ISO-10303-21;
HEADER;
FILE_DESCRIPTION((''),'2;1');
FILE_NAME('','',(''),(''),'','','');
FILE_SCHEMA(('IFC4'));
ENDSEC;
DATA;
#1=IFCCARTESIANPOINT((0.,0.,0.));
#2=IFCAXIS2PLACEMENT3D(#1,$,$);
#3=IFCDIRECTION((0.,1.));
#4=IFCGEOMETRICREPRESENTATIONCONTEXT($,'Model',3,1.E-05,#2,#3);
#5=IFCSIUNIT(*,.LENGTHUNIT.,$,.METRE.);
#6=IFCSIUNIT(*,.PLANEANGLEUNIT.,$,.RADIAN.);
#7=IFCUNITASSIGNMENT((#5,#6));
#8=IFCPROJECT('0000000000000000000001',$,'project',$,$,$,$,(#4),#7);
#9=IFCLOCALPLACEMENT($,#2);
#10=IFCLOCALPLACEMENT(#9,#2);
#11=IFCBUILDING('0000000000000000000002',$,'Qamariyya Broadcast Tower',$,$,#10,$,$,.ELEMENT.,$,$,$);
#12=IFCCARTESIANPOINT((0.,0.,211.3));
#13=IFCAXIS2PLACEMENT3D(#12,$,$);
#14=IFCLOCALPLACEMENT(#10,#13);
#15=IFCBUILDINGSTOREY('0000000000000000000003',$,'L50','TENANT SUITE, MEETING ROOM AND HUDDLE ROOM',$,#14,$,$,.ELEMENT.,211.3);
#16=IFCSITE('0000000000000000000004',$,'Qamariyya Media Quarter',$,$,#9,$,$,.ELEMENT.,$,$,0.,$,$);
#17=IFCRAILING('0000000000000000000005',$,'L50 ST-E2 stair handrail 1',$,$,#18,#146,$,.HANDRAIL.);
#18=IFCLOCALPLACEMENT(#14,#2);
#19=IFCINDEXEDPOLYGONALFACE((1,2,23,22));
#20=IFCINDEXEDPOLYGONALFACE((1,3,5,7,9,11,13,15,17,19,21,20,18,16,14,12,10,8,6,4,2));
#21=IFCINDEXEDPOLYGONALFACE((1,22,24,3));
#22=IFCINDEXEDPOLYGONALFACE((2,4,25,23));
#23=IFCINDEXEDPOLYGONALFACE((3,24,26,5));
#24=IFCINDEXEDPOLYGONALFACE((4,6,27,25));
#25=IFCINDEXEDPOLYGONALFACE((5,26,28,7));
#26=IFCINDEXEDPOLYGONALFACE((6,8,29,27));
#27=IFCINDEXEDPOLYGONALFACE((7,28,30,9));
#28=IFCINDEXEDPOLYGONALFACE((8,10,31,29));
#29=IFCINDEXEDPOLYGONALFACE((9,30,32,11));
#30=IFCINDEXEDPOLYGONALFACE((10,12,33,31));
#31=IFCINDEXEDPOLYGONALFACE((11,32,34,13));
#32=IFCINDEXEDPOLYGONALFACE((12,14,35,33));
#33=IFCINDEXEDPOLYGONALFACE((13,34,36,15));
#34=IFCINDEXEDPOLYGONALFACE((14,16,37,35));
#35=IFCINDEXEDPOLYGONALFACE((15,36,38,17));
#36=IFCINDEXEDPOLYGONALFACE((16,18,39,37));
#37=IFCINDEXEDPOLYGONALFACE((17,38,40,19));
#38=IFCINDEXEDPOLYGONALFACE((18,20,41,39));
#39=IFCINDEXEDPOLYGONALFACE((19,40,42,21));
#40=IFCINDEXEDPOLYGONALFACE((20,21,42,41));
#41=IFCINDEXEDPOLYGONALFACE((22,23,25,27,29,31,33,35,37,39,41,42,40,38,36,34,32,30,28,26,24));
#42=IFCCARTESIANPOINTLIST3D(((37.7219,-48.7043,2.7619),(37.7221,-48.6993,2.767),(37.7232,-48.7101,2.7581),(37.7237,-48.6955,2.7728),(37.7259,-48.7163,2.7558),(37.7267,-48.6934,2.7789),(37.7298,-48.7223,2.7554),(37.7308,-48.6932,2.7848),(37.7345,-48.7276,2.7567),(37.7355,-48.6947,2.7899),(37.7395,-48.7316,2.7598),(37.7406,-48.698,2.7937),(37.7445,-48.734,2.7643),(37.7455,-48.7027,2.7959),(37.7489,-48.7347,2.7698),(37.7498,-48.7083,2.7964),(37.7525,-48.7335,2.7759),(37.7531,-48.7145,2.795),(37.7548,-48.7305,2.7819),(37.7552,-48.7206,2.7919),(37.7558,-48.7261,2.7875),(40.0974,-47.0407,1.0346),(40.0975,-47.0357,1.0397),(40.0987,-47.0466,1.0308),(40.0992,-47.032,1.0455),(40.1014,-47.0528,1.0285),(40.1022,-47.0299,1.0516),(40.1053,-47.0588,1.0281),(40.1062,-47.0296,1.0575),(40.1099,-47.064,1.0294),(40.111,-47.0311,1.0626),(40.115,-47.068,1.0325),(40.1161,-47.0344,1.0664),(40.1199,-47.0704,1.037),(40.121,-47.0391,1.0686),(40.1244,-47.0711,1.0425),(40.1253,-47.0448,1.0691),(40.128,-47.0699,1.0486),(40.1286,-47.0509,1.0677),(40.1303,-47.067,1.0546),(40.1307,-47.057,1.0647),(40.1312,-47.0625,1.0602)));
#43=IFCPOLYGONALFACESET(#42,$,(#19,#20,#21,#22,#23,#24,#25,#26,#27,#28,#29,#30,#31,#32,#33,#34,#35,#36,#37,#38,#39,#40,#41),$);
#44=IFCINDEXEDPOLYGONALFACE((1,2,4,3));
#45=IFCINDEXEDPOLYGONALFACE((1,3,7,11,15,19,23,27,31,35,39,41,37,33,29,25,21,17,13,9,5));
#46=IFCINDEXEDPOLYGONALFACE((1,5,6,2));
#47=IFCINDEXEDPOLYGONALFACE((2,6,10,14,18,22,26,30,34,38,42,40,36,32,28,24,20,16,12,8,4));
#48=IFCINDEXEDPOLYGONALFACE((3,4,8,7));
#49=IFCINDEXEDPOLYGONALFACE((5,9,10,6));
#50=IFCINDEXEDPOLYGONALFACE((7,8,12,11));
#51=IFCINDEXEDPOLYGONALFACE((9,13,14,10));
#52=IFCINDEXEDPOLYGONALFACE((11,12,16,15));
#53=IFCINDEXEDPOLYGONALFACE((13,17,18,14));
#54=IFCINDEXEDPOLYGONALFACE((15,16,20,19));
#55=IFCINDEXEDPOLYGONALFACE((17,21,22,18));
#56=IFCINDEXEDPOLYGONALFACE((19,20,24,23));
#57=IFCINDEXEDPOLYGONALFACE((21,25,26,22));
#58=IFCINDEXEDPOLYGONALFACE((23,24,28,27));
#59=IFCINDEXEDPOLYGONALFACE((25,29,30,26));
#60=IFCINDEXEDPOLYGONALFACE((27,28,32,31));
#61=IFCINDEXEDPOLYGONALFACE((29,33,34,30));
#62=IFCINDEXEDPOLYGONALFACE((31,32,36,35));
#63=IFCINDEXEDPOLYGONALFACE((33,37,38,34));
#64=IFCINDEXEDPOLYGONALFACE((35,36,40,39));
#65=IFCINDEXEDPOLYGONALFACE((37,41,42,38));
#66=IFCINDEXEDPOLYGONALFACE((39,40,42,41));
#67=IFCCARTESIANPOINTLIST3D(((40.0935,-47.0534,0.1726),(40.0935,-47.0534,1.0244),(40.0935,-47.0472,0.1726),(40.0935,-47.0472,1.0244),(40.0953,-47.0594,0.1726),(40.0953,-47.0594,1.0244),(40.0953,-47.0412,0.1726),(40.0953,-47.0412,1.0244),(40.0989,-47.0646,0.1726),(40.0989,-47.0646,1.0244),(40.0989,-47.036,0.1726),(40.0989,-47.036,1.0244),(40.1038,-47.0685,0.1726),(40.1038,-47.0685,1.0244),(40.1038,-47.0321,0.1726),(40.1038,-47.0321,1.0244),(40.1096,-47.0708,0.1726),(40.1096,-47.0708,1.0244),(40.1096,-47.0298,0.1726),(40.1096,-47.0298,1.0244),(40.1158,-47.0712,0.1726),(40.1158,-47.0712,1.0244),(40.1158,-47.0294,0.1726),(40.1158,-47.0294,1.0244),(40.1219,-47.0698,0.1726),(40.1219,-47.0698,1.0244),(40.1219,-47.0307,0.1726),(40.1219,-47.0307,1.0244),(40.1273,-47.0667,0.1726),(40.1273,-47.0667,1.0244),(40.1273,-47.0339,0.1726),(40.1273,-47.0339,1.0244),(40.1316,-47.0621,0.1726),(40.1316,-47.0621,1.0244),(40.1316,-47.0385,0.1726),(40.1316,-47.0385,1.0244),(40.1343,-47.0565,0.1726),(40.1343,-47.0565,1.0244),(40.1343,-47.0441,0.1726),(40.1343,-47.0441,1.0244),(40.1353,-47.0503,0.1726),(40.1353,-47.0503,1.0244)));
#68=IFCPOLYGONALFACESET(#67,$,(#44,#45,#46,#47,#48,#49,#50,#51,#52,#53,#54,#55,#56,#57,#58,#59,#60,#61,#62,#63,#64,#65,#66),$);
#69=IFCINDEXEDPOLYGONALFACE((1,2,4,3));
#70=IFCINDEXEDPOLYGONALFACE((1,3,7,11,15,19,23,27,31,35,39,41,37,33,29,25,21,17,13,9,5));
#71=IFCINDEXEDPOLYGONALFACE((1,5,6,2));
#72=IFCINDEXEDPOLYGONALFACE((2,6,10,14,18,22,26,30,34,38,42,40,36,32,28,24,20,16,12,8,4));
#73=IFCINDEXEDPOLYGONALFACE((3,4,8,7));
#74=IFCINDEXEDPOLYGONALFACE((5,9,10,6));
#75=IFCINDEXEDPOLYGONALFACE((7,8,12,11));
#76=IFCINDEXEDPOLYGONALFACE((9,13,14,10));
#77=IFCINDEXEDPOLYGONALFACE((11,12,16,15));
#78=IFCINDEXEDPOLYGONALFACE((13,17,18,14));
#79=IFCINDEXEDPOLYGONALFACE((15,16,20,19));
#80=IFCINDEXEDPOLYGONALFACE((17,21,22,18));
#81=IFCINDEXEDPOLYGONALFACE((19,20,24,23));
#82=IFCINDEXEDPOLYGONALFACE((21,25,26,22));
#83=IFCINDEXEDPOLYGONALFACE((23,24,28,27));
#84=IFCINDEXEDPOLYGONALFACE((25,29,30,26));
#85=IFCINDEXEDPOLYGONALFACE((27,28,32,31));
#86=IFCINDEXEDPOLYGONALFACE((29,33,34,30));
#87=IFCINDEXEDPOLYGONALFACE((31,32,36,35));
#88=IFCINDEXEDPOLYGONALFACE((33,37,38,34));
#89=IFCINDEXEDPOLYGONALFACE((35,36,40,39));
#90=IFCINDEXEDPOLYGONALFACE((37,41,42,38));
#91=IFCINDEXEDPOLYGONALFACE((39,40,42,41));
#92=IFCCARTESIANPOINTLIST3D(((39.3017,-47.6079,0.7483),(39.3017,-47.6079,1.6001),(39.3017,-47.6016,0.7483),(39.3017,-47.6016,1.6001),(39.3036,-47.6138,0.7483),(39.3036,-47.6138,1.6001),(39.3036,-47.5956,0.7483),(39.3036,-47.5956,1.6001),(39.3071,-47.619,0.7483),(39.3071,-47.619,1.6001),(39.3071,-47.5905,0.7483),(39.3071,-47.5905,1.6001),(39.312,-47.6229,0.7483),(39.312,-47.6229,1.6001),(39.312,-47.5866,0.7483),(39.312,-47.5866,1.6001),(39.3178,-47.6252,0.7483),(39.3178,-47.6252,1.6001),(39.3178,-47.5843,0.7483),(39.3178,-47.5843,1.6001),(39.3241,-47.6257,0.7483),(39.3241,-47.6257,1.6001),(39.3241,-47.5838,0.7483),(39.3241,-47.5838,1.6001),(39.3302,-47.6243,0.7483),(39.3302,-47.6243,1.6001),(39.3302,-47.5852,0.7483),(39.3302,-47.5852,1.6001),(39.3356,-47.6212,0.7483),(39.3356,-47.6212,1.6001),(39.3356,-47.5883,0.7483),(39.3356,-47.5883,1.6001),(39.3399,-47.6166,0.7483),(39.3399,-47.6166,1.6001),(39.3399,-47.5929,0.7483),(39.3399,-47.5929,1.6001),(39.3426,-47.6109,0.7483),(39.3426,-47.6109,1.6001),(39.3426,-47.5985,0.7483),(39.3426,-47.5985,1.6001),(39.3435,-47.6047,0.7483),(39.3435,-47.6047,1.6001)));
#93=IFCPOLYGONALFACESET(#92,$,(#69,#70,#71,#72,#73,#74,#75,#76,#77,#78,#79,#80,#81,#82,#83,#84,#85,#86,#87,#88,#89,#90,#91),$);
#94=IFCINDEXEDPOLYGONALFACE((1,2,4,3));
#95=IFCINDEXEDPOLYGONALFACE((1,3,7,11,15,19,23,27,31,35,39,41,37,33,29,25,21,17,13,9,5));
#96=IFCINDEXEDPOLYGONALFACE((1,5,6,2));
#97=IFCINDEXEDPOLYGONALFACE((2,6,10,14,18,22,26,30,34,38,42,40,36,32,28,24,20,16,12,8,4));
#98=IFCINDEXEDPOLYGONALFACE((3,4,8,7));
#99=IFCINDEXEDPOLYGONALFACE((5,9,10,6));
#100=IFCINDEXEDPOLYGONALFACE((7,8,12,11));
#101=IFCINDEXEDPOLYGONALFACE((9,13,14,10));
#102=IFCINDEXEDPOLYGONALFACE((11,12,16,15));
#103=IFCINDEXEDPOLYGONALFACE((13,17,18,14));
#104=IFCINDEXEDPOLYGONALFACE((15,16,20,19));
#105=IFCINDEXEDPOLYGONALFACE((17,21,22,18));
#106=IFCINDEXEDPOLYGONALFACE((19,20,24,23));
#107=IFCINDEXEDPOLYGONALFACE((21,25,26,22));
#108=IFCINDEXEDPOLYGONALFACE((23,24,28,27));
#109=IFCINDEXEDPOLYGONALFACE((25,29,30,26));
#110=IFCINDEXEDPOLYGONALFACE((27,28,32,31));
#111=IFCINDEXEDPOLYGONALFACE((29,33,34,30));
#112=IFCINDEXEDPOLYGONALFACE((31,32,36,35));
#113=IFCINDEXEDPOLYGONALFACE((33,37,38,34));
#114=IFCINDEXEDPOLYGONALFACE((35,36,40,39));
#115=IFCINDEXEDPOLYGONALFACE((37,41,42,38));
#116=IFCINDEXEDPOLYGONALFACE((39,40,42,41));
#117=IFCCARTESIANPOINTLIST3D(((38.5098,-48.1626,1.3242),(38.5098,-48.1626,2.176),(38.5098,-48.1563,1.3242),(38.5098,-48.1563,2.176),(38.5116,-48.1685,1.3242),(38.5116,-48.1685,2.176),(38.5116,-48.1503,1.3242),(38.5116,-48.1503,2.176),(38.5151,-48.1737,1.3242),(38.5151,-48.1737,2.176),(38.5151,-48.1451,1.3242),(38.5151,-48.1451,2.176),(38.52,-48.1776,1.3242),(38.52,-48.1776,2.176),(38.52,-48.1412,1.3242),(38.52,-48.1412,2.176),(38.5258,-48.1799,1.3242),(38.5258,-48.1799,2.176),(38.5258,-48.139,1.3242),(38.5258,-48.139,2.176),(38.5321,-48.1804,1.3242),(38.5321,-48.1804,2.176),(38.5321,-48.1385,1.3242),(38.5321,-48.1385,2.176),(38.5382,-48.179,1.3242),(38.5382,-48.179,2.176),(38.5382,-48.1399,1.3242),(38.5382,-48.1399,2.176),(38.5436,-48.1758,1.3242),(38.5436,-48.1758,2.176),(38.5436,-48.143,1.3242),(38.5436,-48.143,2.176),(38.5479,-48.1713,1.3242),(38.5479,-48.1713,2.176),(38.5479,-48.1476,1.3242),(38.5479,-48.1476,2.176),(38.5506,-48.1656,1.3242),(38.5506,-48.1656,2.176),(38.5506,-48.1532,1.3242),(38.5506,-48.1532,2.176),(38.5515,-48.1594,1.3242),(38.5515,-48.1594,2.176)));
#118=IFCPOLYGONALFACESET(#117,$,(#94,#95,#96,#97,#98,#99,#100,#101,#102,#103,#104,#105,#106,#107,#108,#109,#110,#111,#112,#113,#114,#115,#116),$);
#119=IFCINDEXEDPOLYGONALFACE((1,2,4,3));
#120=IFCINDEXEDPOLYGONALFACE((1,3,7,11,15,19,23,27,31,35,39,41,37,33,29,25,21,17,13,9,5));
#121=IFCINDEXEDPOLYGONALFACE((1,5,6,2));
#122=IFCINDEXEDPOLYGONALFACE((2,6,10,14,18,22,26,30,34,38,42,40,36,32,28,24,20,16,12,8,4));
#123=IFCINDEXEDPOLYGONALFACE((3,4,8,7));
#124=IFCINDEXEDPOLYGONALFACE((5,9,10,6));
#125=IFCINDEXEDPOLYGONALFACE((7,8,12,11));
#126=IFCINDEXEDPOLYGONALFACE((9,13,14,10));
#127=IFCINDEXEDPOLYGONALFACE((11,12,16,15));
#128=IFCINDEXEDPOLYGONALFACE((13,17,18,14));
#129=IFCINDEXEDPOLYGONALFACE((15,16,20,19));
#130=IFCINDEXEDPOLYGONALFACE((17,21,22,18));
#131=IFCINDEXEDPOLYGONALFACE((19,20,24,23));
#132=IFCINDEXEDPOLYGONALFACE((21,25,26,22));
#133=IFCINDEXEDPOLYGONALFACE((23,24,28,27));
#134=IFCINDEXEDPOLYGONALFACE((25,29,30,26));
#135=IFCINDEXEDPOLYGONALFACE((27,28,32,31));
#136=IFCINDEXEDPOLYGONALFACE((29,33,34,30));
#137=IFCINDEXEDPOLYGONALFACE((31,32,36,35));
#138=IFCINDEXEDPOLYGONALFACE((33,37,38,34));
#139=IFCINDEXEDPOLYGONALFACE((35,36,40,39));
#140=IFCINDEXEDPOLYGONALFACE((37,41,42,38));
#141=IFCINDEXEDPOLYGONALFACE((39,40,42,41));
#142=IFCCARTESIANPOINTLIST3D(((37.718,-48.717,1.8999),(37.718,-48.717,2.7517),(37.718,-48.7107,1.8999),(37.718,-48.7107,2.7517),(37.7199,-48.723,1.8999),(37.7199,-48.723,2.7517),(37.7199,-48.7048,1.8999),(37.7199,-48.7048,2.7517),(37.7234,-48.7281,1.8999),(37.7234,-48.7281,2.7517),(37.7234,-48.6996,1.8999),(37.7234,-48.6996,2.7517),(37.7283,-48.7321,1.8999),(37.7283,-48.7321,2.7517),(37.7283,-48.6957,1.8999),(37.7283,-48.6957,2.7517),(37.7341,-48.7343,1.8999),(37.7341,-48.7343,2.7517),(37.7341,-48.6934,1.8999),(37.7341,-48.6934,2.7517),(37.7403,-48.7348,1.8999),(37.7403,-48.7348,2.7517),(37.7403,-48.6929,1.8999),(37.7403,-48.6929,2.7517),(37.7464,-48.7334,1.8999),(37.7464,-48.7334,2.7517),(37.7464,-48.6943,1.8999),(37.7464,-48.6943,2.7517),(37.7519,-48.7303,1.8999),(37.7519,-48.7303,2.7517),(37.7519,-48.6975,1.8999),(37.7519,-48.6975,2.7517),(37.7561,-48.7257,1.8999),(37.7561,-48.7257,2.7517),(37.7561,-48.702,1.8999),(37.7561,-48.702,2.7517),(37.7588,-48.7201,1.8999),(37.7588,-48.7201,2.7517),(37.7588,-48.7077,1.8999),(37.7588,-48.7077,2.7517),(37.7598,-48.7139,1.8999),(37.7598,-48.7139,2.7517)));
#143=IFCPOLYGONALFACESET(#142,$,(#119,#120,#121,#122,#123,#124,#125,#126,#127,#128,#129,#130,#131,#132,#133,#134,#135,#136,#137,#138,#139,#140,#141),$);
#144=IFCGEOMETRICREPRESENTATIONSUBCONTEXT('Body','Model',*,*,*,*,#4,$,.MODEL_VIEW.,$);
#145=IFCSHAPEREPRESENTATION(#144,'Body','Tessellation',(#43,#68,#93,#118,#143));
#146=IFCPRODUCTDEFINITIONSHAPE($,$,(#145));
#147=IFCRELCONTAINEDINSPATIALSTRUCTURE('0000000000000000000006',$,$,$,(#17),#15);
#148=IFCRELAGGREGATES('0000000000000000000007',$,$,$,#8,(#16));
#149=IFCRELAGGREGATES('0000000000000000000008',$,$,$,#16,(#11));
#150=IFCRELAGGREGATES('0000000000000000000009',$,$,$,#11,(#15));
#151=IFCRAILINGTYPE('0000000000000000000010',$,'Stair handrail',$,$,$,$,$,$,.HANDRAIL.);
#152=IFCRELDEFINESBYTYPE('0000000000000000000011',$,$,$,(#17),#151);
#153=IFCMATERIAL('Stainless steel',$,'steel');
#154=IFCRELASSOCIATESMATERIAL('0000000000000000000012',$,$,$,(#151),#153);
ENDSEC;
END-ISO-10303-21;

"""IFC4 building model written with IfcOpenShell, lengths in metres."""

from ifc_helpers import new_model, si_unit, direction, frame, origin, origin_2d, place, context, subcontext, project, spatial, circle, extrude, material, type_object, element, save


model = new_model("IFC4")

# Units and contexts
model_context = context("Model", 3, precision=1e-05, world=origin(), true_north=direction((0.0, 1.0)))
body_context = subcontext(model_context, "Body", "Model", "MODEL_VIEW")
ifc_project = project(units=[si_unit("LENGTHUNIT", "METRE"), si_unit("PLANEANGLEUNIT", "RADIAN")], contexts=[model_context])

# Site, building, storey
site_placement = place(None, origin())
site = spatial("IfcSite", under=ifc_project, at=site_placement, Name="Qamariyya Media Quarter", CompositionType="ELEMENT", RefElevation=0.0)
building_placement = place(site_placement, origin())
building = spatial("IfcBuilding", under=site, at=building_placement, Name="Qamariyya Broadcast Tower", CompositionType="ELEMENT")
storey_placement = place(building_placement, frame((0.0, 0.0, 211.3)))
storey = spatial("IfcBuildingStorey", under=building, at=storey_placement, Name="L50", Description="TENANT SUITE, MEETING ROOM AND HUDDLE ROOM", CompositionType="ELEMENT", Elevation=211.3)

# Railing
ifc_material_1 = material(Name="Stainless steel", Category="steel")
railing_type_1 = type_object("IfcRailingType", Name="Stair handrail", PredefinedType="HANDRAIL", material=ifc_material_1)
railing_1_placement = place(storey_placement, frame((40.1143, -47.0503, 0.1726)))
element("IfcRailing", 1, at=railing_1_placement, inside=storey, type_object=railing_type_1, Name="L50 ST-E2 stair handrail 1", PredefinedType="HANDRAIL", context=body_context, shape_type="SweptSolid", body=[
    extrude(circle(Radius=0.0239, at=origin_2d()), frame((0.0, 0.0, 0.876), z_axis=(-0.703745, -0.492838, 0.511716), x_axis=(0.573632, -0.819113, 0.0)), (0.0, 0.0, 1.0), 3.3755),
    extrude(circle(Radius=0.021, at=origin_2d()), origin(), (0.0, 0.0, 1.0), 0.8518),
    extrude(circle(Radius=0.021, at=origin_2d()), frame((-0.7917, -0.5544, 0.5757)), (0.0, 0.0, 1.0), 0.8518),
    extrude(circle(Radius=0.021, at=origin_2d()), frame((-1.5837, -1.1091, 1.1516)), (0.0, 0.0, 1.0), 0.8518),
    extrude(circle(Radius=0.021, at=origin_2d()), frame((-2.3755, -1.6636, 1.7273)), (0.0, 0.0, 1.0), 0.8518),
])

save(model, "model.ifc")
